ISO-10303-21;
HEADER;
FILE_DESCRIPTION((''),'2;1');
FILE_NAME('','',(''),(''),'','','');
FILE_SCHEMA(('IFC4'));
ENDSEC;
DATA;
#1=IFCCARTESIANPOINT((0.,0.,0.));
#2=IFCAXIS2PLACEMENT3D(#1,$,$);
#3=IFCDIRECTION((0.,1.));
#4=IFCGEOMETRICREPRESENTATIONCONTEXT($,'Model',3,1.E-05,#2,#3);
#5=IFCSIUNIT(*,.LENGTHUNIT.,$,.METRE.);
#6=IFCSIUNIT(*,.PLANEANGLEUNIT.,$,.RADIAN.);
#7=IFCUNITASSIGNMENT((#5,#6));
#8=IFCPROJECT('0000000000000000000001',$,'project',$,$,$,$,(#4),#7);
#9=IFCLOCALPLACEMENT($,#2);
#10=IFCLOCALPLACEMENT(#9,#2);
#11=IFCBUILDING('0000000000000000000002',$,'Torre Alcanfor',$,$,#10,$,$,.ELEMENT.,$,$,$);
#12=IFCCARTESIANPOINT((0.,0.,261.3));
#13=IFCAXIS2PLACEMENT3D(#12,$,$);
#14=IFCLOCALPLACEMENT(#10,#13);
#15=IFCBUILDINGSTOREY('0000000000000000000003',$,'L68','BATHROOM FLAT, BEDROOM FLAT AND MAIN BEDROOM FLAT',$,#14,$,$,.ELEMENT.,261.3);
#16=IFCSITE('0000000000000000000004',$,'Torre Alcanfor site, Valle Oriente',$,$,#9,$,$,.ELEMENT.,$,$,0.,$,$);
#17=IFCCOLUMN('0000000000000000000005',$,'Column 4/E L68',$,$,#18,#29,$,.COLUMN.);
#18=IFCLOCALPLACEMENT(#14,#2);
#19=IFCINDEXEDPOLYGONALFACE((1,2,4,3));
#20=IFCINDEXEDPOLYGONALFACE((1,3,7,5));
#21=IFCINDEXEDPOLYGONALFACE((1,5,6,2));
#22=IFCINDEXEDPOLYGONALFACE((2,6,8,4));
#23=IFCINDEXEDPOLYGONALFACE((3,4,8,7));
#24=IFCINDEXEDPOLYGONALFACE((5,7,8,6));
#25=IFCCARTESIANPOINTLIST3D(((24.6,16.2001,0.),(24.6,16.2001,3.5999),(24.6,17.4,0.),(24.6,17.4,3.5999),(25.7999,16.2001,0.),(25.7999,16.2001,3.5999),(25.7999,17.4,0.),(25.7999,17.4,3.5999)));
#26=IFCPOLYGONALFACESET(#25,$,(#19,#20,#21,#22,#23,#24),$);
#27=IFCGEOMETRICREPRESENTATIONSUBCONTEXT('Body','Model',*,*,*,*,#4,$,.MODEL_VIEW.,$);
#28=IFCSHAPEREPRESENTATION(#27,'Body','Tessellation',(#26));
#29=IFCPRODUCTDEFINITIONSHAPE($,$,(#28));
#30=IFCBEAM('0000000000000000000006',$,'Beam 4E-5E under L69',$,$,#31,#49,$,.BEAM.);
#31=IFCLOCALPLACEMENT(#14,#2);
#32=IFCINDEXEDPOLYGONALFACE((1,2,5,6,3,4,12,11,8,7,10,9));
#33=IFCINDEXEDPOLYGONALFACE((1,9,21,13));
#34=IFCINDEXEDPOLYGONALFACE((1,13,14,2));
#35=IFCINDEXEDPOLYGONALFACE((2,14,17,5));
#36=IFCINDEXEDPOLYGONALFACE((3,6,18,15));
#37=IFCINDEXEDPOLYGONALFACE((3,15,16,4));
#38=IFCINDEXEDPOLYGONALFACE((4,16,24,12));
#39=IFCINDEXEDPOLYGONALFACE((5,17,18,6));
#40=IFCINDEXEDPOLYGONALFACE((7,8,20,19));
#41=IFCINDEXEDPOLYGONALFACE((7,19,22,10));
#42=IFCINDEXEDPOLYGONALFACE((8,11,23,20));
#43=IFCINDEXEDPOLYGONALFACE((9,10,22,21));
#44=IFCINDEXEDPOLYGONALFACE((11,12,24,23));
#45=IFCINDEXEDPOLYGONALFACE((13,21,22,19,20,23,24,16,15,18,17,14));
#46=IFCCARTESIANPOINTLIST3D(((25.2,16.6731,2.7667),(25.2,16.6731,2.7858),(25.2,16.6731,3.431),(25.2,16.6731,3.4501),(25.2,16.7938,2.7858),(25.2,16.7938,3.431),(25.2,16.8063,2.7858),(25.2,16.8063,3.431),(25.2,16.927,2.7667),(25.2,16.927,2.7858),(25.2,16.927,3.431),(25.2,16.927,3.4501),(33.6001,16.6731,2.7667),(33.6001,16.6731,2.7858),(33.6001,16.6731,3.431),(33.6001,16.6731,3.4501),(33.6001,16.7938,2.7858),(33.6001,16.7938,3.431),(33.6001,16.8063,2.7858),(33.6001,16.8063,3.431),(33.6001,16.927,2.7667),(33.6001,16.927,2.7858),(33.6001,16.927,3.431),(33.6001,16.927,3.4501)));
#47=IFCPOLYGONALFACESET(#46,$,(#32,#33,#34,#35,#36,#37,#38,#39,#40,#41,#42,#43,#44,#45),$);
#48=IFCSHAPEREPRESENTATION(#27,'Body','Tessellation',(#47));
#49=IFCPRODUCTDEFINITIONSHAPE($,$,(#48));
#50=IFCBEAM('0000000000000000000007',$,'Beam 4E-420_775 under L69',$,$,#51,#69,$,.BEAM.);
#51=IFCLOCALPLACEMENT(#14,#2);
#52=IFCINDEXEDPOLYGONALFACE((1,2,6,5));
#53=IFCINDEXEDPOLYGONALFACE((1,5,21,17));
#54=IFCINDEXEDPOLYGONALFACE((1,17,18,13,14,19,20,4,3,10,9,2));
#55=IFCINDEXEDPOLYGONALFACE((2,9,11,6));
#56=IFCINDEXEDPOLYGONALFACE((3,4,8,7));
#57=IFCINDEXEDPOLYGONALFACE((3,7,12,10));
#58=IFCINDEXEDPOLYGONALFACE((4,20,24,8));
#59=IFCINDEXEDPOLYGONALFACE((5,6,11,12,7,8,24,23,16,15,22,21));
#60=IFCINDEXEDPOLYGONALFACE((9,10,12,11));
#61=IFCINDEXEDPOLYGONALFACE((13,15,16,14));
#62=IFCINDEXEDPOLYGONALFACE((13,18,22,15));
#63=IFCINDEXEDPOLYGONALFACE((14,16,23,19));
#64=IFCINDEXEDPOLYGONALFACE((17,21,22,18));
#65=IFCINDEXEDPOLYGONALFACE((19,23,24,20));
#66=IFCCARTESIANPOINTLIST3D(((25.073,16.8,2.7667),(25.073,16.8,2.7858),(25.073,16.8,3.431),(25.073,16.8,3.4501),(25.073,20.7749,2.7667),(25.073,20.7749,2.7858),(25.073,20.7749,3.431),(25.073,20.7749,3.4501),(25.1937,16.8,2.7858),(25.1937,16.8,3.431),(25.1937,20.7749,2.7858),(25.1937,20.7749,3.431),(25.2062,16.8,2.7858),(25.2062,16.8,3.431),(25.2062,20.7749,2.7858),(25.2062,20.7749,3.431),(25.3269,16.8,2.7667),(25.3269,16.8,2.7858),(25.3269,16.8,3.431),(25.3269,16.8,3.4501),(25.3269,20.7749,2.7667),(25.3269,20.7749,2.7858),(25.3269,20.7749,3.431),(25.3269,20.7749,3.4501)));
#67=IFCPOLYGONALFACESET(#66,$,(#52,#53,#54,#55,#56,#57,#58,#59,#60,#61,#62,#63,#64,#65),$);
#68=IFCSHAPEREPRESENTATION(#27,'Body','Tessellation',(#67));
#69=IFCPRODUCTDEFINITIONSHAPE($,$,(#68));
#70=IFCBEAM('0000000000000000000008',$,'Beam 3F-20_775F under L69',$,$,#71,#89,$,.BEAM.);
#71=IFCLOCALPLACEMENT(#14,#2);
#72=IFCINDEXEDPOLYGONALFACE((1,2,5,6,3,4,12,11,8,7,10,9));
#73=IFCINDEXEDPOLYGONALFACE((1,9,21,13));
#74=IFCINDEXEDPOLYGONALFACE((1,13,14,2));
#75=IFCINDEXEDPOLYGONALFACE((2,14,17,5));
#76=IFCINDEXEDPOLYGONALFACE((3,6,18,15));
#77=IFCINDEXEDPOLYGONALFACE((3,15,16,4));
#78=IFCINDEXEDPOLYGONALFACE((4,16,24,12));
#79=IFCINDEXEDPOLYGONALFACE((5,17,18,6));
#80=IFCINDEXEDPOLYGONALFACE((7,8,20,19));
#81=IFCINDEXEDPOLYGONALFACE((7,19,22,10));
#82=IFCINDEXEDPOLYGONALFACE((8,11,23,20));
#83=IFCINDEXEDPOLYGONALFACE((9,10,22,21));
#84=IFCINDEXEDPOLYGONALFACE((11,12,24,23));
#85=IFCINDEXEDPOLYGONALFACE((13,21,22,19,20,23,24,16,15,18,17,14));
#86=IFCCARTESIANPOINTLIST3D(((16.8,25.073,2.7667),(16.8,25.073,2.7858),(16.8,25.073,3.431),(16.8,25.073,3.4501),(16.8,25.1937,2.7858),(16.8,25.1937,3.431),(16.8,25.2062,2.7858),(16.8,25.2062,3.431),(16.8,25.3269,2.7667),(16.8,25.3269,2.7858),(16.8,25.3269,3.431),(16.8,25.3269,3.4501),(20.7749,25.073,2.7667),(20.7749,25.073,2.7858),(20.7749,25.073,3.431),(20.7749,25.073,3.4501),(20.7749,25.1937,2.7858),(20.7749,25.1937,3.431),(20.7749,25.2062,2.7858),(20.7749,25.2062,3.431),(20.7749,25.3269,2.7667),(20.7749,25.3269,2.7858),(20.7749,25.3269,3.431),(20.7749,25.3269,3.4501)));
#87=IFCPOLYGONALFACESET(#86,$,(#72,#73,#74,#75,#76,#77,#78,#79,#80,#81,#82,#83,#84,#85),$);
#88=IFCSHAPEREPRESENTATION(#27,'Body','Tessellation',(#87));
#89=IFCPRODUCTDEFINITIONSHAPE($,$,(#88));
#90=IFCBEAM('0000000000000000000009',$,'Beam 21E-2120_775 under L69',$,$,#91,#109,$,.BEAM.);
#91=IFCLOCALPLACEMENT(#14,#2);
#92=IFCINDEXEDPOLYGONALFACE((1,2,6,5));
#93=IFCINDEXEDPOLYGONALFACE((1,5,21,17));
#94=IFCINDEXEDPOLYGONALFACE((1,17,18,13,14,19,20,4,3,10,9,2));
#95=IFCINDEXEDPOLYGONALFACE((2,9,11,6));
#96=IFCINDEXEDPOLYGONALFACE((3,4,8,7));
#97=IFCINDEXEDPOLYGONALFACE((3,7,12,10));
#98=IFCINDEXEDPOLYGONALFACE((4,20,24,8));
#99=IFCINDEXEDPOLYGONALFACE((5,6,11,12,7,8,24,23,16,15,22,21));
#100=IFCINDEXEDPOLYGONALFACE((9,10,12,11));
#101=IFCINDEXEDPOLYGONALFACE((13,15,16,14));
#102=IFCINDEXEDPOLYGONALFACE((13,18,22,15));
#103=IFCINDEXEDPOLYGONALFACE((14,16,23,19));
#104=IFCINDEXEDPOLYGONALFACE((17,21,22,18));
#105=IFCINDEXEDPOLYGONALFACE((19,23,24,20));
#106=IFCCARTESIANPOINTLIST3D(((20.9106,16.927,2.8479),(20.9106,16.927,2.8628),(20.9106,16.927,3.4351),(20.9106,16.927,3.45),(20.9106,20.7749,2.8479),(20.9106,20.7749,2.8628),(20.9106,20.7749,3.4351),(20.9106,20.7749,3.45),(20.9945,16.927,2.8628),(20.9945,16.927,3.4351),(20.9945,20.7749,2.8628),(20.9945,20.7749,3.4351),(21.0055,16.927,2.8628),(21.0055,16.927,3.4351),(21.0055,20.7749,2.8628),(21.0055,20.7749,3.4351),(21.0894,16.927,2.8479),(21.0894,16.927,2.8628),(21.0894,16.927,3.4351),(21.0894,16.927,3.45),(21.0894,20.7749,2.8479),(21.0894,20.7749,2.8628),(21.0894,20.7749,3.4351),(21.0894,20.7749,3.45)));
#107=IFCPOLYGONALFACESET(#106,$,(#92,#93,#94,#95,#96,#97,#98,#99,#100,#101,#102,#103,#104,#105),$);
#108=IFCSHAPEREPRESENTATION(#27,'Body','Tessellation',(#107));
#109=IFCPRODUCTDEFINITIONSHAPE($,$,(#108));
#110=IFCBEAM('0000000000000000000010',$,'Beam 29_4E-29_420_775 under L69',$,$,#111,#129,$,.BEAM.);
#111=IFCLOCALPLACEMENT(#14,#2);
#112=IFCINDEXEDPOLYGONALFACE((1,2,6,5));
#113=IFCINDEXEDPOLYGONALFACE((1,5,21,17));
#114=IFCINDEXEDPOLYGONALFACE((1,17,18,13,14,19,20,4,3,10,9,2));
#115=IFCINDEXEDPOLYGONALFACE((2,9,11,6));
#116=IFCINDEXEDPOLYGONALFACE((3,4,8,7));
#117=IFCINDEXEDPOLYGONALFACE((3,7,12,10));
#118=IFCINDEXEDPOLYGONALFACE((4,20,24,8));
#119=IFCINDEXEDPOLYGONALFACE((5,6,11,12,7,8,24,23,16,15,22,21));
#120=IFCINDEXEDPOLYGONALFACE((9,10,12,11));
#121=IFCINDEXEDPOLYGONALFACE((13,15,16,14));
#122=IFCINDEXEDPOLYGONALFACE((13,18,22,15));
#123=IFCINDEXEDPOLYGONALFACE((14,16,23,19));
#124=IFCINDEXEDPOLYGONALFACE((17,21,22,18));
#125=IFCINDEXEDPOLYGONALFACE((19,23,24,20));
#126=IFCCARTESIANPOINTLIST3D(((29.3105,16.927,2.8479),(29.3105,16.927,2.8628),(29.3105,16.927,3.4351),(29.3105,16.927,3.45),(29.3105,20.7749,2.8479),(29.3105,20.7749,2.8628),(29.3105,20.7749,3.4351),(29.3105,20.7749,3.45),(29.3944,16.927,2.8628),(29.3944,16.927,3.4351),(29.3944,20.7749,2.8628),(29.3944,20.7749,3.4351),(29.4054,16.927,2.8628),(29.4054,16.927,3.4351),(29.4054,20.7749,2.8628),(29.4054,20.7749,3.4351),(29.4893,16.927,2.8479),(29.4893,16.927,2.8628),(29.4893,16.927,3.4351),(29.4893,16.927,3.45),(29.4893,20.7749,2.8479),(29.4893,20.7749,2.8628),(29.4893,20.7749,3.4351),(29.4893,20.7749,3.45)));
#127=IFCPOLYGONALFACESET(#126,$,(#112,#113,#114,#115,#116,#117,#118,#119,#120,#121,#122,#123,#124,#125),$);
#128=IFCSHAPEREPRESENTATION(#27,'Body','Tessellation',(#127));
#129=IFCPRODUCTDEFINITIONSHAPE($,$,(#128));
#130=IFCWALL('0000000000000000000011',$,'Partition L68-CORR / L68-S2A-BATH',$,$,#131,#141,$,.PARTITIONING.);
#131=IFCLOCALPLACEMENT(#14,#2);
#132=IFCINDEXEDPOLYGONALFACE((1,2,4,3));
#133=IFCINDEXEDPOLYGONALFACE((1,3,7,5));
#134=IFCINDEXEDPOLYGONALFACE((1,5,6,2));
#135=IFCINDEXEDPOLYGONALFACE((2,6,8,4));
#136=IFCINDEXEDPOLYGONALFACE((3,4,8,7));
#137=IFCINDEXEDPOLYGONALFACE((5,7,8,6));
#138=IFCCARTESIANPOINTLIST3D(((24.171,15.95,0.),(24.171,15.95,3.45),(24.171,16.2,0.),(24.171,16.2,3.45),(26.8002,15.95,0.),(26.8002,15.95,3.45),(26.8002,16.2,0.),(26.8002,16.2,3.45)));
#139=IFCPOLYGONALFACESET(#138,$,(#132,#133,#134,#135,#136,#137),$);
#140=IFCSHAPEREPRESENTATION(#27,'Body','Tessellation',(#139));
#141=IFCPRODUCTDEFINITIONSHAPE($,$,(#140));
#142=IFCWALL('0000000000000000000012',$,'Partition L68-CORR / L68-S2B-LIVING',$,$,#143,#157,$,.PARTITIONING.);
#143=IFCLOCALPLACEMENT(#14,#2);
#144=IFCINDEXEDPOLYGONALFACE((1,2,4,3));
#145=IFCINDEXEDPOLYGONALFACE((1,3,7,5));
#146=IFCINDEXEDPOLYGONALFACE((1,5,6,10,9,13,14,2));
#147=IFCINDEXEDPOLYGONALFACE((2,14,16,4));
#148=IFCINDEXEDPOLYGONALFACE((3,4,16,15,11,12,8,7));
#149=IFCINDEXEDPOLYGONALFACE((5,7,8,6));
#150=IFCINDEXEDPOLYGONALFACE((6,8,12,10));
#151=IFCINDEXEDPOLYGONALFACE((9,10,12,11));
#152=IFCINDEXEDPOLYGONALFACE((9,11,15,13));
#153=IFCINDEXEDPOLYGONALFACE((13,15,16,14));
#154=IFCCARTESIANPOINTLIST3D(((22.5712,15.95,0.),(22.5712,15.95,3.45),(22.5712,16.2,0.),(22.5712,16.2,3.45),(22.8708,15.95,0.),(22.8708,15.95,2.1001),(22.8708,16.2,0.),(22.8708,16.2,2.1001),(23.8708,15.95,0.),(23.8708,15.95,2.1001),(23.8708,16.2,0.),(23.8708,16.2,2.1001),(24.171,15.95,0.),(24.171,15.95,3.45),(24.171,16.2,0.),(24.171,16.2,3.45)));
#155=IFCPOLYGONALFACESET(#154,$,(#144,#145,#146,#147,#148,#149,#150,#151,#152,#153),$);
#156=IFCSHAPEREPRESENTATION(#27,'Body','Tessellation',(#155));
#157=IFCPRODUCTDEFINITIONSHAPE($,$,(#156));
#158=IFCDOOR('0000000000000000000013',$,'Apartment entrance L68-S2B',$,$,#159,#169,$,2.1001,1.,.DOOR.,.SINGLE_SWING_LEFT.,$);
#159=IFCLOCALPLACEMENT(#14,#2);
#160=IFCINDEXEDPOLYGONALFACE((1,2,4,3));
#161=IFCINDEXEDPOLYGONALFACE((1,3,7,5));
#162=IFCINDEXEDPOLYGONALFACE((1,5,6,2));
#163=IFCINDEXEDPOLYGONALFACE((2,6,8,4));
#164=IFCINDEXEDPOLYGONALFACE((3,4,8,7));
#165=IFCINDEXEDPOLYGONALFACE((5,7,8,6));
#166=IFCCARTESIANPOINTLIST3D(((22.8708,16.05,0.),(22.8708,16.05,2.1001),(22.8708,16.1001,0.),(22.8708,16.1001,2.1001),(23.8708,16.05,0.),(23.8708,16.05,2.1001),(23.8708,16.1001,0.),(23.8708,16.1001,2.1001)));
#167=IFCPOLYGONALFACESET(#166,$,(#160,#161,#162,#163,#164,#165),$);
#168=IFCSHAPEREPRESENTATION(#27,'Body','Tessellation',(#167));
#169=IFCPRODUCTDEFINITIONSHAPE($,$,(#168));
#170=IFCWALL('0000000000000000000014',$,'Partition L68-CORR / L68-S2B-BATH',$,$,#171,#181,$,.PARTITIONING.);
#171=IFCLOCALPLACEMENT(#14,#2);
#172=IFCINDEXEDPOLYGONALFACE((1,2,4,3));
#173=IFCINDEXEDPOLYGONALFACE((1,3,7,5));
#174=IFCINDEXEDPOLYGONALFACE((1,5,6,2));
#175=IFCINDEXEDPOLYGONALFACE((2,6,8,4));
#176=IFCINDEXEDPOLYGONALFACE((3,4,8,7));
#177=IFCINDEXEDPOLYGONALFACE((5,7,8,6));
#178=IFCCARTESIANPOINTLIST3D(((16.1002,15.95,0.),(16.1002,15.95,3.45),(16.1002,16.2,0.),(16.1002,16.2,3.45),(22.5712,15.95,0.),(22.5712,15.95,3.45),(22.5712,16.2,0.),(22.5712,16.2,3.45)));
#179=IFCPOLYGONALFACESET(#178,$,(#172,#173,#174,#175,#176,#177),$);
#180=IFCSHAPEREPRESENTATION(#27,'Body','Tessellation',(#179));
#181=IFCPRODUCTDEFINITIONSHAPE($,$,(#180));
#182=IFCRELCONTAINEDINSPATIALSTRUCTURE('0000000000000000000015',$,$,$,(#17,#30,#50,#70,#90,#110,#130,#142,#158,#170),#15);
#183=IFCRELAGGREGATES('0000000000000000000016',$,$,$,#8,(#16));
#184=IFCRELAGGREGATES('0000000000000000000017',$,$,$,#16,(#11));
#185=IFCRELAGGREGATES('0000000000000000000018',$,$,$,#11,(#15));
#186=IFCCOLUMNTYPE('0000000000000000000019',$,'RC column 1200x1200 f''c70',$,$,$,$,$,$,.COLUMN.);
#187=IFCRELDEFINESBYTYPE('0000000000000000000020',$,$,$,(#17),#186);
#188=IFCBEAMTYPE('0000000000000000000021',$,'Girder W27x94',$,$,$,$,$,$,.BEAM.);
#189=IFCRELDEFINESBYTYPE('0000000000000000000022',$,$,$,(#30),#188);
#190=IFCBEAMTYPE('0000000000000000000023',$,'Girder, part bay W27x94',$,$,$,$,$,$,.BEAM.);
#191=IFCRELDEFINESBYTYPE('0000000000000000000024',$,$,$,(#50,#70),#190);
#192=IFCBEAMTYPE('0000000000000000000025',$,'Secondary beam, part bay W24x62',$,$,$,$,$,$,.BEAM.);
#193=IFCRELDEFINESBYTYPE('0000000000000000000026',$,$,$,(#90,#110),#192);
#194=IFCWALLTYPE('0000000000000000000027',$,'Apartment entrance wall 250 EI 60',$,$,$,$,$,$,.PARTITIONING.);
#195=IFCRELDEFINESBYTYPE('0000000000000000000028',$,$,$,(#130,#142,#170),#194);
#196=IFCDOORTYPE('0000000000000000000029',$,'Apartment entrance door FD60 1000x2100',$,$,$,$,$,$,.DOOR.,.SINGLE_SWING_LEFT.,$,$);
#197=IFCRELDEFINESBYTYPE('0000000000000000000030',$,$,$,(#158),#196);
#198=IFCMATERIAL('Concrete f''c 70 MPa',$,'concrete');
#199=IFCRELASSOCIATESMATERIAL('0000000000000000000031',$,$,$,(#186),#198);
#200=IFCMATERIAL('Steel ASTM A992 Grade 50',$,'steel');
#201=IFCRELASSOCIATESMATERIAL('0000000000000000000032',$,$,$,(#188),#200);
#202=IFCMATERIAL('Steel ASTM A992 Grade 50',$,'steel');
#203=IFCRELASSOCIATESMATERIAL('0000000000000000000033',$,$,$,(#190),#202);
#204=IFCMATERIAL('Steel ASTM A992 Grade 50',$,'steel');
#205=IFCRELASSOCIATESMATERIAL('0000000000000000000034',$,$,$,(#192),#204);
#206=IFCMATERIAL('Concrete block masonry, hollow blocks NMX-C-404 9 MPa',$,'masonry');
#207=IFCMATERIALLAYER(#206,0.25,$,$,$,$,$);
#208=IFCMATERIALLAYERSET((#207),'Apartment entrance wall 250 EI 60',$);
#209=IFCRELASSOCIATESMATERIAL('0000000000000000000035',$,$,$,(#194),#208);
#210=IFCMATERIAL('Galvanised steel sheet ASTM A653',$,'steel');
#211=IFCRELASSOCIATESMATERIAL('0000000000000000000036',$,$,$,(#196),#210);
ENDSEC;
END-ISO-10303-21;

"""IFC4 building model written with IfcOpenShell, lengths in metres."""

from ifc_helpers import new_model, si_unit, direction, frame, frame_2d, origin, origin_2d, place, context, subcontext, project, spatial, rectangle, i_section, extrude, material, layer, layer_set, material_profile, profile_set, type_object, element, fill, save


model = new_model("IFC4")

# Units and contexts
model_context = context("Model", 3, precision=1e-05, world=origin(), true_north=direction((0.0, 1.0)))
body_context = subcontext(model_context, "Body", "Model", "MODEL_VIEW")
ifc_project = project(units=[si_unit("LENGTHUNIT", "METRE"), si_unit("PLANEANGLEUNIT", "RADIAN")], contexts=[model_context])

# Site, building, storey
site_placement = place(None, origin())
site = spatial("IfcSite", under=ifc_project, at=site_placement, Name="Torre Alcanfor site, Valle Oriente", CompositionType="ELEMENT", RefElevation=0.0)
building_placement = place(site_placement, origin())
building = spatial("IfcBuilding", under=site, at=building_placement, Name="Torre Alcanfor", CompositionType="ELEMENT")
storey_placement = place(building_placement, frame((0.0, 0.0, 261.3)))
storey = spatial("IfcBuildingStorey", under=building, at=storey_placement, Name="L68", Description="BATHROOM FLAT, BEDROOM FLAT AND MAIN BEDROOM FLAT", CompositionType="ELEMENT", Elevation=261.3)

# Column
ifc_material_1 = material(Name="Concrete f'c 70 MPa", Category="concrete")
ifc_material_profile_1 = material_profile(ifc_material_1, rectangle(XDim=1.2, YDim=1.2, at=origin_2d()), Name="1200x1200")
ifc_profile_set_1 = profile_set([ifc_material_profile_1], Name="Concrete f'c 70 MPa")
column_type = type_object("IfcColumnType", Name="RC column 1200x1200 f'c70", PredefinedType="COLUMN", material=ifc_profile_set_1)
column_placement = place(storey_placement, frame((25.2, 16.8, 0.0), z_axis=(0.0, 0.0, 1.0), x_axis=(1.0, 0.0, 0.0)))
element("IfcColumn", 1, at=column_placement, inside=storey, type_object=column_type, Name="Column 4/E L68", PredefinedType="COLUMN", context=body_context, shape_type="SweptSolid", body=[
    extrude(rectangle(XDim=1.2, YDim=1.2, at=origin_2d()), origin(), (0.0, 0.0, 1.0), 3.5999),
])

# Beams
ifc_material_2 = material(Name="Steel ASTM A992 Grade 50", Category="steel")
ifc_material_profile_2 = material_profile(ifc_material_2, i_section(OverallWidth=0.2539, OverallDepth=0.6833, WebThickness=0.0125, FlangeThickness=0.019, at=origin_2d()), Name="W27x94")
ifc_profile_set_2 = profile_set([ifc_material_profile_2], Name="Steel ASTM A992 Grade 50")
beam_type_1 = type_object("IfcBeamType", Name="Girder W27x94", PredefinedType="BEAM", material=ifc_profile_set_2)
beam_placement = place(storey_placement, frame((25.2, 16.8, 3.1084), z_axis=(1.0, 0.0, 0.0), x_axis=(0.0, 1.0, 0.0)))
element("IfcBeam", 2, at=beam_placement, inside=storey, type_object=beam_type_1, Name="Beam 4E-5E under L69", PredefinedType="BEAM", context=body_context, shape_type="SweptSolid", body=[
    extrude(i_section(OverallWidth=0.2539, OverallDepth=0.6833, WebThickness=0.0125, FlangeThickness=0.019, at=origin_2d()), origin(), (0.0, 0.0, 1.0), 8.4001),
])
ifc_material_3 = material(Name="Steel ASTM A992 Grade 50", Category="steel")
ifc_material_profile_3 = material_profile(ifc_material_3, i_section(OverallWidth=0.2539, OverallDepth=0.6833, WebThickness=0.0125, FlangeThickness=0.019, at=origin_2d()), Name="W27x94")
ifc_profile_set_3 = profile_set([ifc_material_profile_3], Name="Steel ASTM A992 Grade 50")
beam_type_2 = type_object("IfcBeamType", Name="Girder, part bay W27x94", PredefinedType="BEAM", material=ifc_profile_set_3)
for number, where, z_axis, x_axis, name in (
    (3, (25.2, 16.8, 3.1084), (0.0, 1.0, 0.0), (-1.0, 0.0, 0.0), "Beam 4E-420_775 under L69"),
    (4, (16.8, 25.2, 3.1084), (1.0, 0.0, 0.0), (0.0, 1.0, 0.0), "Beam 3F-20_775F under L69"),
):
    element("IfcBeam", number, at=place(storey_placement, frame(where, z_axis=z_axis, x_axis=x_axis)), inside=storey, type_object=beam_type_2, Name=name, PredefinedType="BEAM", context=body_context, shape_type="SweptSolid", body=[
        extrude(i_section(OverallWidth=0.2539, OverallDepth=0.6833, WebThickness=0.0125, FlangeThickness=0.019, at=origin_2d()), origin(), (0.0, 0.0, 1.0), 3.9749),
    ])
ifc_material_4 = material(Name="Steel ASTM A992 Grade 50", Category="steel")
ifc_material_profile_4 = material_profile(ifc_material_4, i_section(OverallWidth=0.1787, OverallDepth=0.6021, WebThickness=0.011, FlangeThickness=0.0149, at=origin_2d()), Name="W24x62")
ifc_profile_set_4 = profile_set([ifc_material_profile_4], Name="Steel ASTM A992 Grade 50")
beam_type_3 = type_object("IfcBeamType", Name="Secondary beam, part bay W24x62", PredefinedType="BEAM", material=ifc_profile_set_4)
for number, where, z_axis, x_axis, name in (
    (5, (21.0, 16.927, 3.1489), (0.0, 1.0, 0.0), (-1.0, 0.0, 0.0), "Beam 21E-2120_775 under L69"),
    (6, (29.3999, 16.927, 3.1489), (0.0, 1.0, 0.0), (-1.0, 0.0, 0.0), "Beam 29_4E-29_420_775 under L69"),
):
    element("IfcBeam", number, at=place(storey_placement, frame(where, z_axis=z_axis, x_axis=x_axis)), inside=storey, type_object=beam_type_3, Name=name, PredefinedType="BEAM", context=body_context, shape_type="SweptSolid", body=[
        extrude(i_section(OverallWidth=0.1787, OverallDepth=0.6021, WebThickness=0.011, FlangeThickness=0.0149, at=origin_2d()), origin(), (0.0, 0.0, 1.0), 3.8479),
    ])

# Wall
ifc_material_5 = material(Name="Concrete block masonry, hollow blocks NMX-C-404 9 MPa", Category="masonry")
ifc_layer_1 = layer(ifc_material_5, 0.25)
ifc_layer_set_1 = layer_set([ifc_layer_1], Name="Apartment entrance wall 250 EI 60")
wall_type_1 = type_object("IfcWallType", Name="Apartment entrance wall 250 EI 60", PredefinedType="PARTITIONING", material=ifc_layer_set_1)
wall_1_placement = place(storey_placement, frame((26.8, 16.075, 0.0), z_axis=(0.0, 0.0, 1.0), x_axis=(-1.0, 0.0, 0.0)))
element("IfcWall", 7, at=wall_1_placement, inside=storey, type_object=wall_type_1, Name="Partition L68-CORR / L68-S2A-BATH", PredefinedType="PARTITIONING", context=body_context, shape_type="SweptSolid", body=[
    extrude(rectangle(XDim=2.6292, YDim=0.25, at=frame_2d((1.3145, 0.0))), origin(), (0.0, 0.0, 1.0), 3.45),
])

# Wall, opening, door
wall_2_placement = place(storey_placement, frame((24.1709, 16.075, 0.0), z_axis=(0.0, 0.0, 1.0), x_axis=(-1.0, 0.0, 0.0)))
wall_2 = element("IfcWall", 8, at=wall_2_placement, inside=storey, type_object=wall_type_1, Name="Partition L68-CORR / L68-S2B-LIVING", PredefinedType="PARTITIONING", context=body_context, shape_type="SweptSolid", body=[
    extrude(rectangle(XDim=1.5999, YDim=0.25, at=frame_2d((0.7998, 0.0))), origin(), (0.0, 0.0, 1.0), 3.45),
])
opening_1_placement = place(wall_2_placement, frame((0.3, 0.0, 0.0)))
opening_1 = element("IfcOpeningElement", 9, at=opening_1_placement, cuts=wall_2, PredefinedType="OPENING", context=body_context, shape_type="SweptSolid", body=[
    extrude(rectangle(XDim=1.0, YDim=2.1001, at=frame_2d((0.5, 1.05))), frame((0.0, 0.135, 0.0), z_axis=(0.0, -1.0, 0.0), x_axis=(1.0, 0.0, 0.0)), (0.0, 0.0, 1.0), 0.27),
])
ifc_material_6 = material(Name="Galvanised steel sheet ASTM A653", Category="steel")
door_type_1 = type_object("IfcDoorType", Name="Apartment entrance door FD60 1000x2100", OperationType="SINGLE_SWING_LEFT", PredefinedType="DOOR", material=ifc_material_6)
door_1_placement = place(opening_1_placement, origin())
door_1 = element("IfcDoor", 10, at=door_1_placement, inside=storey, type_object=door_type_1, Name="Apartment entrance L68-S2B", OperationType="SINGLE_SWING_LEFT", OverallHeight=2.1001, OverallWidth=1.0, PredefinedType="DOOR", context=body_context, shape_type="SweptSolid", body=[
    extrude(rectangle(XDim=1.0, YDim=2.1001, at=frame_2d((0.5, 1.05))), frame((0.0, 0.0249, 0.0), z_axis=(0.0, -1.0, 0.0), x_axis=(1.0, 0.0, 0.0)), (0.0, 0.0, 1.0), 0.05),
])
fill(opening_1, door_1)

# Wall
wall_3_placement = place(storey_placement, frame((22.571, 16.075, 0.0), z_axis=(0.0, 0.0, 1.0), x_axis=(-1.0, 0.0, 0.0)))
element("IfcWall", 11, at=wall_3_placement, inside=storey, type_object=wall_type_1, Name="Partition L68-CORR / L68-S2B-BATH", PredefinedType="PARTITIONING", context=body_context, shape_type="SweptSolid", body=[
    extrude(rectangle(XDim=6.4709, YDim=0.25, at=frame_2d((3.2354, 0.0))), origin(), (0.0, 0.0, 1.0), 3.45),
])

save(model, "model.ifc")
